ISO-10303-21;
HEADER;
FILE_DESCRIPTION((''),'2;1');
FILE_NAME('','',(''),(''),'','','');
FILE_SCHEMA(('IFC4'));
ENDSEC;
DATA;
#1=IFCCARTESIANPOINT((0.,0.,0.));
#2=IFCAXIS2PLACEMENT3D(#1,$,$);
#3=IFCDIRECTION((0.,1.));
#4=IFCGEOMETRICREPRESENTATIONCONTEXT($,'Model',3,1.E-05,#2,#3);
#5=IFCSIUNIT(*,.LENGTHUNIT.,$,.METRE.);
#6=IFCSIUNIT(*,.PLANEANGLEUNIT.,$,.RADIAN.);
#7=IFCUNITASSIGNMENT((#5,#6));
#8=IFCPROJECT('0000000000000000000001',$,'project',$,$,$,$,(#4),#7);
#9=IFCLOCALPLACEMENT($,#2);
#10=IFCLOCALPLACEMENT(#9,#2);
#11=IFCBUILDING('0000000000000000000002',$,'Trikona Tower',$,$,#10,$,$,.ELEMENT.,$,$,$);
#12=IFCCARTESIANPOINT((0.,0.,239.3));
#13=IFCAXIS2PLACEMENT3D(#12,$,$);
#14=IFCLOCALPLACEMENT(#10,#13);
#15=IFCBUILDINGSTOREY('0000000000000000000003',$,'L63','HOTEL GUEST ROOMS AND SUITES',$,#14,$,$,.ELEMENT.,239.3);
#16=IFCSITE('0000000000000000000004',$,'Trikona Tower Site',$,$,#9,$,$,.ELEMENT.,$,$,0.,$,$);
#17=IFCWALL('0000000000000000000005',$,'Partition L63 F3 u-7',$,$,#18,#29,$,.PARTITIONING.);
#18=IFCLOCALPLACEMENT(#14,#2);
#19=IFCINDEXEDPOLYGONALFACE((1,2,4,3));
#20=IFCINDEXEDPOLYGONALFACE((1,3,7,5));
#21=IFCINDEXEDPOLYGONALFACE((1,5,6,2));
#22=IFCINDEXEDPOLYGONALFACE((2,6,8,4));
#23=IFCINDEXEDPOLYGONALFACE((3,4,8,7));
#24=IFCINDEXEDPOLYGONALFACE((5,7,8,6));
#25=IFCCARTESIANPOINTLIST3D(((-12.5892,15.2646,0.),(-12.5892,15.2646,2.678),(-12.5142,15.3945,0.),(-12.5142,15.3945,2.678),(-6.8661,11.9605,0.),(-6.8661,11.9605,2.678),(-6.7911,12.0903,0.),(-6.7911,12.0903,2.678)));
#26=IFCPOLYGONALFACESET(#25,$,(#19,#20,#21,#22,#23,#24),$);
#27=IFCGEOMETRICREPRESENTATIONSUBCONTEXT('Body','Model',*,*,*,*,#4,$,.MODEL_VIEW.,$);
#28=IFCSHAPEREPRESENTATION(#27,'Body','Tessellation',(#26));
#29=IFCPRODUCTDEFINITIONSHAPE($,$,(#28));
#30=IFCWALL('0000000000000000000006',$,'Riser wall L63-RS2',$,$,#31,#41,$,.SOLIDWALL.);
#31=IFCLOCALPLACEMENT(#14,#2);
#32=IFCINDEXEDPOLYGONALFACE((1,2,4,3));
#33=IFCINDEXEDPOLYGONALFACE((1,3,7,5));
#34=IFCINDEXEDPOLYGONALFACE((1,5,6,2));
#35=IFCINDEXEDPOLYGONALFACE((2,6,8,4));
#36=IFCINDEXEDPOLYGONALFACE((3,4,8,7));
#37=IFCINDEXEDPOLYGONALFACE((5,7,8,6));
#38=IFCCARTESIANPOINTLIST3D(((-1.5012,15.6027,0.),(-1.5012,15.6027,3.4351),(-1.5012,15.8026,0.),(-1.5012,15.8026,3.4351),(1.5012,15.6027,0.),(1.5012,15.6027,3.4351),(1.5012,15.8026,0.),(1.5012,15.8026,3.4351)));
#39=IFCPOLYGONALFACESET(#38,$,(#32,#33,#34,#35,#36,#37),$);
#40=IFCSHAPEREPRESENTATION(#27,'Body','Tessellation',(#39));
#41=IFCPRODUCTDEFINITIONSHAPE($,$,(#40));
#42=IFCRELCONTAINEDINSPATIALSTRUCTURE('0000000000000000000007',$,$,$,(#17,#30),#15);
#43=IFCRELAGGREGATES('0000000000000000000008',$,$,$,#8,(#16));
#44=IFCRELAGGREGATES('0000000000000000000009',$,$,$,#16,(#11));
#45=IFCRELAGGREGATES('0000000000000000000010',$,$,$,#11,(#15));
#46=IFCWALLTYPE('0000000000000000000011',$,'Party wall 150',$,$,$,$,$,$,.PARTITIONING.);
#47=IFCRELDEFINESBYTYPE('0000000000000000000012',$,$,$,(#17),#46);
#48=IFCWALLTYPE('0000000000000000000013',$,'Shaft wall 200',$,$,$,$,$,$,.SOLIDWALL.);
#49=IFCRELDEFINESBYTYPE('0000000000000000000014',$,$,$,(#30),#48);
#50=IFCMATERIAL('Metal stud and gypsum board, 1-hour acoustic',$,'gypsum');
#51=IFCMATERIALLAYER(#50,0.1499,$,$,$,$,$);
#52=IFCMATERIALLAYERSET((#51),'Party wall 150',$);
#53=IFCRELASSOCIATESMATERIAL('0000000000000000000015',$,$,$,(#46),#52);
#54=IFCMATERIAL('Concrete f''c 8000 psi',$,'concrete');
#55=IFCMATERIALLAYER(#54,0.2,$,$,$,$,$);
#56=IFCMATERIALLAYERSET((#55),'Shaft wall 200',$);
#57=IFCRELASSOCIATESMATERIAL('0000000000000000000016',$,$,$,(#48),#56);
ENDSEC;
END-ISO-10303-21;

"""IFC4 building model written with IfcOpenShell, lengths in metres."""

from ifc_helpers import new_model, si_unit, direction, frame, frame_2d, origin, place, context, subcontext, project, spatial, rectangle, extrude, material, layer, layer_set, type_object, element, save


model = new_model("IFC4")

# Units and contexts
model_context = context("Model", 3, precision=1e-05, world=origin(), true_north=direction((0.0, 1.0)))
body_context = subcontext(model_context, "Body", "Model", "MODEL_VIEW")
ifc_project = project(units=[si_unit("LENGTHUNIT", "METRE"), si_unit("PLANEANGLEUNIT", "RADIAN")], contexts=[model_context])

# Site, building, storey
site_placement = place(None, origin())
site = spatial("IfcSite", under=ifc_project, at=site_placement, Name="Trikona Tower Site", CompositionType="ELEMENT", RefElevation=0.0)
building_placement = place(site_placement, origin())
building = spatial("IfcBuilding", under=site, at=building_placement, Name="Trikona Tower", CompositionType="ELEMENT")
storey_placement = place(building_placement, frame((0.0, 0.0, 239.3)))
storey = spatial("IfcBuildingStorey", under=building, at=storey_placement, Name="L63", Description="HOTEL GUEST ROOMS AND SUITES", CompositionType="ELEMENT", Elevation=239.3)

# Walls
ifc_material_1 = material(Name="Metal stud and gypsum board, 1-hour acoustic", Category="gypsum")
ifc_layer_1 = layer(ifc_material_1, 0.1499)
ifc_layer_set_1 = layer_set([ifc_layer_1], Name="Party wall 150")
wall_type_1 = type_object("IfcWallType", Name="Party wall 150", PredefinedType="PARTITIONING", material=ifc_layer_set_1)
wall_1_placement = place(storey_placement, frame((-6.8286, 12.0254, 0.0), z_axis=(0.0, 0.0, 1.0), x_axis=(-0.866029, 0.499993, 0.0)))
element("IfcWall", 1, at=wall_1_placement, inside=storey, type_object=wall_type_1, Name="Partition L63 F3 u-7", PredefinedType="PARTITIONING", context=body_context, shape_type="SweptSolid", body=[
    extrude(rectangle(XDim=6.6084, YDim=0.1499, at=frame_2d((3.3042, 0.0))), origin(), (0.0, 0.0, 1.0), 2.678),
])
ifc_material_2 = material(Name="Concrete f'c 8000 psi", Category="concrete")
ifc_layer_2 = layer(ifc_material_2, 0.2)
ifc_layer_set_2 = layer_set([ifc_layer_2], Name="Shaft wall 200")
wall_type_2 = type_object("IfcWallType", Name="Shaft wall 200", PredefinedType="SOLIDWALL", material=ifc_layer_set_2)
wall_2_placement = place(storey_placement, frame((-1.5012, 15.7026, 0.0), z_axis=(0.0, 0.0, 1.0), x_axis=(1.0, 0.0, 0.0)))
element("IfcWall", 2, at=wall_2_placement, inside=storey, type_object=wall_type_2, Name="Riser wall L63-RS2", PredefinedType="SOLIDWALL", context=body_context, shape_type="SweptSolid", body=[
    extrude(rectangle(XDim=3.0024, YDim=0.2, at=frame_2d((1.5012, 0.0))), origin(), (0.0, 0.0, 1.0), 3.4351),
])

save(model, "model.ifc")
